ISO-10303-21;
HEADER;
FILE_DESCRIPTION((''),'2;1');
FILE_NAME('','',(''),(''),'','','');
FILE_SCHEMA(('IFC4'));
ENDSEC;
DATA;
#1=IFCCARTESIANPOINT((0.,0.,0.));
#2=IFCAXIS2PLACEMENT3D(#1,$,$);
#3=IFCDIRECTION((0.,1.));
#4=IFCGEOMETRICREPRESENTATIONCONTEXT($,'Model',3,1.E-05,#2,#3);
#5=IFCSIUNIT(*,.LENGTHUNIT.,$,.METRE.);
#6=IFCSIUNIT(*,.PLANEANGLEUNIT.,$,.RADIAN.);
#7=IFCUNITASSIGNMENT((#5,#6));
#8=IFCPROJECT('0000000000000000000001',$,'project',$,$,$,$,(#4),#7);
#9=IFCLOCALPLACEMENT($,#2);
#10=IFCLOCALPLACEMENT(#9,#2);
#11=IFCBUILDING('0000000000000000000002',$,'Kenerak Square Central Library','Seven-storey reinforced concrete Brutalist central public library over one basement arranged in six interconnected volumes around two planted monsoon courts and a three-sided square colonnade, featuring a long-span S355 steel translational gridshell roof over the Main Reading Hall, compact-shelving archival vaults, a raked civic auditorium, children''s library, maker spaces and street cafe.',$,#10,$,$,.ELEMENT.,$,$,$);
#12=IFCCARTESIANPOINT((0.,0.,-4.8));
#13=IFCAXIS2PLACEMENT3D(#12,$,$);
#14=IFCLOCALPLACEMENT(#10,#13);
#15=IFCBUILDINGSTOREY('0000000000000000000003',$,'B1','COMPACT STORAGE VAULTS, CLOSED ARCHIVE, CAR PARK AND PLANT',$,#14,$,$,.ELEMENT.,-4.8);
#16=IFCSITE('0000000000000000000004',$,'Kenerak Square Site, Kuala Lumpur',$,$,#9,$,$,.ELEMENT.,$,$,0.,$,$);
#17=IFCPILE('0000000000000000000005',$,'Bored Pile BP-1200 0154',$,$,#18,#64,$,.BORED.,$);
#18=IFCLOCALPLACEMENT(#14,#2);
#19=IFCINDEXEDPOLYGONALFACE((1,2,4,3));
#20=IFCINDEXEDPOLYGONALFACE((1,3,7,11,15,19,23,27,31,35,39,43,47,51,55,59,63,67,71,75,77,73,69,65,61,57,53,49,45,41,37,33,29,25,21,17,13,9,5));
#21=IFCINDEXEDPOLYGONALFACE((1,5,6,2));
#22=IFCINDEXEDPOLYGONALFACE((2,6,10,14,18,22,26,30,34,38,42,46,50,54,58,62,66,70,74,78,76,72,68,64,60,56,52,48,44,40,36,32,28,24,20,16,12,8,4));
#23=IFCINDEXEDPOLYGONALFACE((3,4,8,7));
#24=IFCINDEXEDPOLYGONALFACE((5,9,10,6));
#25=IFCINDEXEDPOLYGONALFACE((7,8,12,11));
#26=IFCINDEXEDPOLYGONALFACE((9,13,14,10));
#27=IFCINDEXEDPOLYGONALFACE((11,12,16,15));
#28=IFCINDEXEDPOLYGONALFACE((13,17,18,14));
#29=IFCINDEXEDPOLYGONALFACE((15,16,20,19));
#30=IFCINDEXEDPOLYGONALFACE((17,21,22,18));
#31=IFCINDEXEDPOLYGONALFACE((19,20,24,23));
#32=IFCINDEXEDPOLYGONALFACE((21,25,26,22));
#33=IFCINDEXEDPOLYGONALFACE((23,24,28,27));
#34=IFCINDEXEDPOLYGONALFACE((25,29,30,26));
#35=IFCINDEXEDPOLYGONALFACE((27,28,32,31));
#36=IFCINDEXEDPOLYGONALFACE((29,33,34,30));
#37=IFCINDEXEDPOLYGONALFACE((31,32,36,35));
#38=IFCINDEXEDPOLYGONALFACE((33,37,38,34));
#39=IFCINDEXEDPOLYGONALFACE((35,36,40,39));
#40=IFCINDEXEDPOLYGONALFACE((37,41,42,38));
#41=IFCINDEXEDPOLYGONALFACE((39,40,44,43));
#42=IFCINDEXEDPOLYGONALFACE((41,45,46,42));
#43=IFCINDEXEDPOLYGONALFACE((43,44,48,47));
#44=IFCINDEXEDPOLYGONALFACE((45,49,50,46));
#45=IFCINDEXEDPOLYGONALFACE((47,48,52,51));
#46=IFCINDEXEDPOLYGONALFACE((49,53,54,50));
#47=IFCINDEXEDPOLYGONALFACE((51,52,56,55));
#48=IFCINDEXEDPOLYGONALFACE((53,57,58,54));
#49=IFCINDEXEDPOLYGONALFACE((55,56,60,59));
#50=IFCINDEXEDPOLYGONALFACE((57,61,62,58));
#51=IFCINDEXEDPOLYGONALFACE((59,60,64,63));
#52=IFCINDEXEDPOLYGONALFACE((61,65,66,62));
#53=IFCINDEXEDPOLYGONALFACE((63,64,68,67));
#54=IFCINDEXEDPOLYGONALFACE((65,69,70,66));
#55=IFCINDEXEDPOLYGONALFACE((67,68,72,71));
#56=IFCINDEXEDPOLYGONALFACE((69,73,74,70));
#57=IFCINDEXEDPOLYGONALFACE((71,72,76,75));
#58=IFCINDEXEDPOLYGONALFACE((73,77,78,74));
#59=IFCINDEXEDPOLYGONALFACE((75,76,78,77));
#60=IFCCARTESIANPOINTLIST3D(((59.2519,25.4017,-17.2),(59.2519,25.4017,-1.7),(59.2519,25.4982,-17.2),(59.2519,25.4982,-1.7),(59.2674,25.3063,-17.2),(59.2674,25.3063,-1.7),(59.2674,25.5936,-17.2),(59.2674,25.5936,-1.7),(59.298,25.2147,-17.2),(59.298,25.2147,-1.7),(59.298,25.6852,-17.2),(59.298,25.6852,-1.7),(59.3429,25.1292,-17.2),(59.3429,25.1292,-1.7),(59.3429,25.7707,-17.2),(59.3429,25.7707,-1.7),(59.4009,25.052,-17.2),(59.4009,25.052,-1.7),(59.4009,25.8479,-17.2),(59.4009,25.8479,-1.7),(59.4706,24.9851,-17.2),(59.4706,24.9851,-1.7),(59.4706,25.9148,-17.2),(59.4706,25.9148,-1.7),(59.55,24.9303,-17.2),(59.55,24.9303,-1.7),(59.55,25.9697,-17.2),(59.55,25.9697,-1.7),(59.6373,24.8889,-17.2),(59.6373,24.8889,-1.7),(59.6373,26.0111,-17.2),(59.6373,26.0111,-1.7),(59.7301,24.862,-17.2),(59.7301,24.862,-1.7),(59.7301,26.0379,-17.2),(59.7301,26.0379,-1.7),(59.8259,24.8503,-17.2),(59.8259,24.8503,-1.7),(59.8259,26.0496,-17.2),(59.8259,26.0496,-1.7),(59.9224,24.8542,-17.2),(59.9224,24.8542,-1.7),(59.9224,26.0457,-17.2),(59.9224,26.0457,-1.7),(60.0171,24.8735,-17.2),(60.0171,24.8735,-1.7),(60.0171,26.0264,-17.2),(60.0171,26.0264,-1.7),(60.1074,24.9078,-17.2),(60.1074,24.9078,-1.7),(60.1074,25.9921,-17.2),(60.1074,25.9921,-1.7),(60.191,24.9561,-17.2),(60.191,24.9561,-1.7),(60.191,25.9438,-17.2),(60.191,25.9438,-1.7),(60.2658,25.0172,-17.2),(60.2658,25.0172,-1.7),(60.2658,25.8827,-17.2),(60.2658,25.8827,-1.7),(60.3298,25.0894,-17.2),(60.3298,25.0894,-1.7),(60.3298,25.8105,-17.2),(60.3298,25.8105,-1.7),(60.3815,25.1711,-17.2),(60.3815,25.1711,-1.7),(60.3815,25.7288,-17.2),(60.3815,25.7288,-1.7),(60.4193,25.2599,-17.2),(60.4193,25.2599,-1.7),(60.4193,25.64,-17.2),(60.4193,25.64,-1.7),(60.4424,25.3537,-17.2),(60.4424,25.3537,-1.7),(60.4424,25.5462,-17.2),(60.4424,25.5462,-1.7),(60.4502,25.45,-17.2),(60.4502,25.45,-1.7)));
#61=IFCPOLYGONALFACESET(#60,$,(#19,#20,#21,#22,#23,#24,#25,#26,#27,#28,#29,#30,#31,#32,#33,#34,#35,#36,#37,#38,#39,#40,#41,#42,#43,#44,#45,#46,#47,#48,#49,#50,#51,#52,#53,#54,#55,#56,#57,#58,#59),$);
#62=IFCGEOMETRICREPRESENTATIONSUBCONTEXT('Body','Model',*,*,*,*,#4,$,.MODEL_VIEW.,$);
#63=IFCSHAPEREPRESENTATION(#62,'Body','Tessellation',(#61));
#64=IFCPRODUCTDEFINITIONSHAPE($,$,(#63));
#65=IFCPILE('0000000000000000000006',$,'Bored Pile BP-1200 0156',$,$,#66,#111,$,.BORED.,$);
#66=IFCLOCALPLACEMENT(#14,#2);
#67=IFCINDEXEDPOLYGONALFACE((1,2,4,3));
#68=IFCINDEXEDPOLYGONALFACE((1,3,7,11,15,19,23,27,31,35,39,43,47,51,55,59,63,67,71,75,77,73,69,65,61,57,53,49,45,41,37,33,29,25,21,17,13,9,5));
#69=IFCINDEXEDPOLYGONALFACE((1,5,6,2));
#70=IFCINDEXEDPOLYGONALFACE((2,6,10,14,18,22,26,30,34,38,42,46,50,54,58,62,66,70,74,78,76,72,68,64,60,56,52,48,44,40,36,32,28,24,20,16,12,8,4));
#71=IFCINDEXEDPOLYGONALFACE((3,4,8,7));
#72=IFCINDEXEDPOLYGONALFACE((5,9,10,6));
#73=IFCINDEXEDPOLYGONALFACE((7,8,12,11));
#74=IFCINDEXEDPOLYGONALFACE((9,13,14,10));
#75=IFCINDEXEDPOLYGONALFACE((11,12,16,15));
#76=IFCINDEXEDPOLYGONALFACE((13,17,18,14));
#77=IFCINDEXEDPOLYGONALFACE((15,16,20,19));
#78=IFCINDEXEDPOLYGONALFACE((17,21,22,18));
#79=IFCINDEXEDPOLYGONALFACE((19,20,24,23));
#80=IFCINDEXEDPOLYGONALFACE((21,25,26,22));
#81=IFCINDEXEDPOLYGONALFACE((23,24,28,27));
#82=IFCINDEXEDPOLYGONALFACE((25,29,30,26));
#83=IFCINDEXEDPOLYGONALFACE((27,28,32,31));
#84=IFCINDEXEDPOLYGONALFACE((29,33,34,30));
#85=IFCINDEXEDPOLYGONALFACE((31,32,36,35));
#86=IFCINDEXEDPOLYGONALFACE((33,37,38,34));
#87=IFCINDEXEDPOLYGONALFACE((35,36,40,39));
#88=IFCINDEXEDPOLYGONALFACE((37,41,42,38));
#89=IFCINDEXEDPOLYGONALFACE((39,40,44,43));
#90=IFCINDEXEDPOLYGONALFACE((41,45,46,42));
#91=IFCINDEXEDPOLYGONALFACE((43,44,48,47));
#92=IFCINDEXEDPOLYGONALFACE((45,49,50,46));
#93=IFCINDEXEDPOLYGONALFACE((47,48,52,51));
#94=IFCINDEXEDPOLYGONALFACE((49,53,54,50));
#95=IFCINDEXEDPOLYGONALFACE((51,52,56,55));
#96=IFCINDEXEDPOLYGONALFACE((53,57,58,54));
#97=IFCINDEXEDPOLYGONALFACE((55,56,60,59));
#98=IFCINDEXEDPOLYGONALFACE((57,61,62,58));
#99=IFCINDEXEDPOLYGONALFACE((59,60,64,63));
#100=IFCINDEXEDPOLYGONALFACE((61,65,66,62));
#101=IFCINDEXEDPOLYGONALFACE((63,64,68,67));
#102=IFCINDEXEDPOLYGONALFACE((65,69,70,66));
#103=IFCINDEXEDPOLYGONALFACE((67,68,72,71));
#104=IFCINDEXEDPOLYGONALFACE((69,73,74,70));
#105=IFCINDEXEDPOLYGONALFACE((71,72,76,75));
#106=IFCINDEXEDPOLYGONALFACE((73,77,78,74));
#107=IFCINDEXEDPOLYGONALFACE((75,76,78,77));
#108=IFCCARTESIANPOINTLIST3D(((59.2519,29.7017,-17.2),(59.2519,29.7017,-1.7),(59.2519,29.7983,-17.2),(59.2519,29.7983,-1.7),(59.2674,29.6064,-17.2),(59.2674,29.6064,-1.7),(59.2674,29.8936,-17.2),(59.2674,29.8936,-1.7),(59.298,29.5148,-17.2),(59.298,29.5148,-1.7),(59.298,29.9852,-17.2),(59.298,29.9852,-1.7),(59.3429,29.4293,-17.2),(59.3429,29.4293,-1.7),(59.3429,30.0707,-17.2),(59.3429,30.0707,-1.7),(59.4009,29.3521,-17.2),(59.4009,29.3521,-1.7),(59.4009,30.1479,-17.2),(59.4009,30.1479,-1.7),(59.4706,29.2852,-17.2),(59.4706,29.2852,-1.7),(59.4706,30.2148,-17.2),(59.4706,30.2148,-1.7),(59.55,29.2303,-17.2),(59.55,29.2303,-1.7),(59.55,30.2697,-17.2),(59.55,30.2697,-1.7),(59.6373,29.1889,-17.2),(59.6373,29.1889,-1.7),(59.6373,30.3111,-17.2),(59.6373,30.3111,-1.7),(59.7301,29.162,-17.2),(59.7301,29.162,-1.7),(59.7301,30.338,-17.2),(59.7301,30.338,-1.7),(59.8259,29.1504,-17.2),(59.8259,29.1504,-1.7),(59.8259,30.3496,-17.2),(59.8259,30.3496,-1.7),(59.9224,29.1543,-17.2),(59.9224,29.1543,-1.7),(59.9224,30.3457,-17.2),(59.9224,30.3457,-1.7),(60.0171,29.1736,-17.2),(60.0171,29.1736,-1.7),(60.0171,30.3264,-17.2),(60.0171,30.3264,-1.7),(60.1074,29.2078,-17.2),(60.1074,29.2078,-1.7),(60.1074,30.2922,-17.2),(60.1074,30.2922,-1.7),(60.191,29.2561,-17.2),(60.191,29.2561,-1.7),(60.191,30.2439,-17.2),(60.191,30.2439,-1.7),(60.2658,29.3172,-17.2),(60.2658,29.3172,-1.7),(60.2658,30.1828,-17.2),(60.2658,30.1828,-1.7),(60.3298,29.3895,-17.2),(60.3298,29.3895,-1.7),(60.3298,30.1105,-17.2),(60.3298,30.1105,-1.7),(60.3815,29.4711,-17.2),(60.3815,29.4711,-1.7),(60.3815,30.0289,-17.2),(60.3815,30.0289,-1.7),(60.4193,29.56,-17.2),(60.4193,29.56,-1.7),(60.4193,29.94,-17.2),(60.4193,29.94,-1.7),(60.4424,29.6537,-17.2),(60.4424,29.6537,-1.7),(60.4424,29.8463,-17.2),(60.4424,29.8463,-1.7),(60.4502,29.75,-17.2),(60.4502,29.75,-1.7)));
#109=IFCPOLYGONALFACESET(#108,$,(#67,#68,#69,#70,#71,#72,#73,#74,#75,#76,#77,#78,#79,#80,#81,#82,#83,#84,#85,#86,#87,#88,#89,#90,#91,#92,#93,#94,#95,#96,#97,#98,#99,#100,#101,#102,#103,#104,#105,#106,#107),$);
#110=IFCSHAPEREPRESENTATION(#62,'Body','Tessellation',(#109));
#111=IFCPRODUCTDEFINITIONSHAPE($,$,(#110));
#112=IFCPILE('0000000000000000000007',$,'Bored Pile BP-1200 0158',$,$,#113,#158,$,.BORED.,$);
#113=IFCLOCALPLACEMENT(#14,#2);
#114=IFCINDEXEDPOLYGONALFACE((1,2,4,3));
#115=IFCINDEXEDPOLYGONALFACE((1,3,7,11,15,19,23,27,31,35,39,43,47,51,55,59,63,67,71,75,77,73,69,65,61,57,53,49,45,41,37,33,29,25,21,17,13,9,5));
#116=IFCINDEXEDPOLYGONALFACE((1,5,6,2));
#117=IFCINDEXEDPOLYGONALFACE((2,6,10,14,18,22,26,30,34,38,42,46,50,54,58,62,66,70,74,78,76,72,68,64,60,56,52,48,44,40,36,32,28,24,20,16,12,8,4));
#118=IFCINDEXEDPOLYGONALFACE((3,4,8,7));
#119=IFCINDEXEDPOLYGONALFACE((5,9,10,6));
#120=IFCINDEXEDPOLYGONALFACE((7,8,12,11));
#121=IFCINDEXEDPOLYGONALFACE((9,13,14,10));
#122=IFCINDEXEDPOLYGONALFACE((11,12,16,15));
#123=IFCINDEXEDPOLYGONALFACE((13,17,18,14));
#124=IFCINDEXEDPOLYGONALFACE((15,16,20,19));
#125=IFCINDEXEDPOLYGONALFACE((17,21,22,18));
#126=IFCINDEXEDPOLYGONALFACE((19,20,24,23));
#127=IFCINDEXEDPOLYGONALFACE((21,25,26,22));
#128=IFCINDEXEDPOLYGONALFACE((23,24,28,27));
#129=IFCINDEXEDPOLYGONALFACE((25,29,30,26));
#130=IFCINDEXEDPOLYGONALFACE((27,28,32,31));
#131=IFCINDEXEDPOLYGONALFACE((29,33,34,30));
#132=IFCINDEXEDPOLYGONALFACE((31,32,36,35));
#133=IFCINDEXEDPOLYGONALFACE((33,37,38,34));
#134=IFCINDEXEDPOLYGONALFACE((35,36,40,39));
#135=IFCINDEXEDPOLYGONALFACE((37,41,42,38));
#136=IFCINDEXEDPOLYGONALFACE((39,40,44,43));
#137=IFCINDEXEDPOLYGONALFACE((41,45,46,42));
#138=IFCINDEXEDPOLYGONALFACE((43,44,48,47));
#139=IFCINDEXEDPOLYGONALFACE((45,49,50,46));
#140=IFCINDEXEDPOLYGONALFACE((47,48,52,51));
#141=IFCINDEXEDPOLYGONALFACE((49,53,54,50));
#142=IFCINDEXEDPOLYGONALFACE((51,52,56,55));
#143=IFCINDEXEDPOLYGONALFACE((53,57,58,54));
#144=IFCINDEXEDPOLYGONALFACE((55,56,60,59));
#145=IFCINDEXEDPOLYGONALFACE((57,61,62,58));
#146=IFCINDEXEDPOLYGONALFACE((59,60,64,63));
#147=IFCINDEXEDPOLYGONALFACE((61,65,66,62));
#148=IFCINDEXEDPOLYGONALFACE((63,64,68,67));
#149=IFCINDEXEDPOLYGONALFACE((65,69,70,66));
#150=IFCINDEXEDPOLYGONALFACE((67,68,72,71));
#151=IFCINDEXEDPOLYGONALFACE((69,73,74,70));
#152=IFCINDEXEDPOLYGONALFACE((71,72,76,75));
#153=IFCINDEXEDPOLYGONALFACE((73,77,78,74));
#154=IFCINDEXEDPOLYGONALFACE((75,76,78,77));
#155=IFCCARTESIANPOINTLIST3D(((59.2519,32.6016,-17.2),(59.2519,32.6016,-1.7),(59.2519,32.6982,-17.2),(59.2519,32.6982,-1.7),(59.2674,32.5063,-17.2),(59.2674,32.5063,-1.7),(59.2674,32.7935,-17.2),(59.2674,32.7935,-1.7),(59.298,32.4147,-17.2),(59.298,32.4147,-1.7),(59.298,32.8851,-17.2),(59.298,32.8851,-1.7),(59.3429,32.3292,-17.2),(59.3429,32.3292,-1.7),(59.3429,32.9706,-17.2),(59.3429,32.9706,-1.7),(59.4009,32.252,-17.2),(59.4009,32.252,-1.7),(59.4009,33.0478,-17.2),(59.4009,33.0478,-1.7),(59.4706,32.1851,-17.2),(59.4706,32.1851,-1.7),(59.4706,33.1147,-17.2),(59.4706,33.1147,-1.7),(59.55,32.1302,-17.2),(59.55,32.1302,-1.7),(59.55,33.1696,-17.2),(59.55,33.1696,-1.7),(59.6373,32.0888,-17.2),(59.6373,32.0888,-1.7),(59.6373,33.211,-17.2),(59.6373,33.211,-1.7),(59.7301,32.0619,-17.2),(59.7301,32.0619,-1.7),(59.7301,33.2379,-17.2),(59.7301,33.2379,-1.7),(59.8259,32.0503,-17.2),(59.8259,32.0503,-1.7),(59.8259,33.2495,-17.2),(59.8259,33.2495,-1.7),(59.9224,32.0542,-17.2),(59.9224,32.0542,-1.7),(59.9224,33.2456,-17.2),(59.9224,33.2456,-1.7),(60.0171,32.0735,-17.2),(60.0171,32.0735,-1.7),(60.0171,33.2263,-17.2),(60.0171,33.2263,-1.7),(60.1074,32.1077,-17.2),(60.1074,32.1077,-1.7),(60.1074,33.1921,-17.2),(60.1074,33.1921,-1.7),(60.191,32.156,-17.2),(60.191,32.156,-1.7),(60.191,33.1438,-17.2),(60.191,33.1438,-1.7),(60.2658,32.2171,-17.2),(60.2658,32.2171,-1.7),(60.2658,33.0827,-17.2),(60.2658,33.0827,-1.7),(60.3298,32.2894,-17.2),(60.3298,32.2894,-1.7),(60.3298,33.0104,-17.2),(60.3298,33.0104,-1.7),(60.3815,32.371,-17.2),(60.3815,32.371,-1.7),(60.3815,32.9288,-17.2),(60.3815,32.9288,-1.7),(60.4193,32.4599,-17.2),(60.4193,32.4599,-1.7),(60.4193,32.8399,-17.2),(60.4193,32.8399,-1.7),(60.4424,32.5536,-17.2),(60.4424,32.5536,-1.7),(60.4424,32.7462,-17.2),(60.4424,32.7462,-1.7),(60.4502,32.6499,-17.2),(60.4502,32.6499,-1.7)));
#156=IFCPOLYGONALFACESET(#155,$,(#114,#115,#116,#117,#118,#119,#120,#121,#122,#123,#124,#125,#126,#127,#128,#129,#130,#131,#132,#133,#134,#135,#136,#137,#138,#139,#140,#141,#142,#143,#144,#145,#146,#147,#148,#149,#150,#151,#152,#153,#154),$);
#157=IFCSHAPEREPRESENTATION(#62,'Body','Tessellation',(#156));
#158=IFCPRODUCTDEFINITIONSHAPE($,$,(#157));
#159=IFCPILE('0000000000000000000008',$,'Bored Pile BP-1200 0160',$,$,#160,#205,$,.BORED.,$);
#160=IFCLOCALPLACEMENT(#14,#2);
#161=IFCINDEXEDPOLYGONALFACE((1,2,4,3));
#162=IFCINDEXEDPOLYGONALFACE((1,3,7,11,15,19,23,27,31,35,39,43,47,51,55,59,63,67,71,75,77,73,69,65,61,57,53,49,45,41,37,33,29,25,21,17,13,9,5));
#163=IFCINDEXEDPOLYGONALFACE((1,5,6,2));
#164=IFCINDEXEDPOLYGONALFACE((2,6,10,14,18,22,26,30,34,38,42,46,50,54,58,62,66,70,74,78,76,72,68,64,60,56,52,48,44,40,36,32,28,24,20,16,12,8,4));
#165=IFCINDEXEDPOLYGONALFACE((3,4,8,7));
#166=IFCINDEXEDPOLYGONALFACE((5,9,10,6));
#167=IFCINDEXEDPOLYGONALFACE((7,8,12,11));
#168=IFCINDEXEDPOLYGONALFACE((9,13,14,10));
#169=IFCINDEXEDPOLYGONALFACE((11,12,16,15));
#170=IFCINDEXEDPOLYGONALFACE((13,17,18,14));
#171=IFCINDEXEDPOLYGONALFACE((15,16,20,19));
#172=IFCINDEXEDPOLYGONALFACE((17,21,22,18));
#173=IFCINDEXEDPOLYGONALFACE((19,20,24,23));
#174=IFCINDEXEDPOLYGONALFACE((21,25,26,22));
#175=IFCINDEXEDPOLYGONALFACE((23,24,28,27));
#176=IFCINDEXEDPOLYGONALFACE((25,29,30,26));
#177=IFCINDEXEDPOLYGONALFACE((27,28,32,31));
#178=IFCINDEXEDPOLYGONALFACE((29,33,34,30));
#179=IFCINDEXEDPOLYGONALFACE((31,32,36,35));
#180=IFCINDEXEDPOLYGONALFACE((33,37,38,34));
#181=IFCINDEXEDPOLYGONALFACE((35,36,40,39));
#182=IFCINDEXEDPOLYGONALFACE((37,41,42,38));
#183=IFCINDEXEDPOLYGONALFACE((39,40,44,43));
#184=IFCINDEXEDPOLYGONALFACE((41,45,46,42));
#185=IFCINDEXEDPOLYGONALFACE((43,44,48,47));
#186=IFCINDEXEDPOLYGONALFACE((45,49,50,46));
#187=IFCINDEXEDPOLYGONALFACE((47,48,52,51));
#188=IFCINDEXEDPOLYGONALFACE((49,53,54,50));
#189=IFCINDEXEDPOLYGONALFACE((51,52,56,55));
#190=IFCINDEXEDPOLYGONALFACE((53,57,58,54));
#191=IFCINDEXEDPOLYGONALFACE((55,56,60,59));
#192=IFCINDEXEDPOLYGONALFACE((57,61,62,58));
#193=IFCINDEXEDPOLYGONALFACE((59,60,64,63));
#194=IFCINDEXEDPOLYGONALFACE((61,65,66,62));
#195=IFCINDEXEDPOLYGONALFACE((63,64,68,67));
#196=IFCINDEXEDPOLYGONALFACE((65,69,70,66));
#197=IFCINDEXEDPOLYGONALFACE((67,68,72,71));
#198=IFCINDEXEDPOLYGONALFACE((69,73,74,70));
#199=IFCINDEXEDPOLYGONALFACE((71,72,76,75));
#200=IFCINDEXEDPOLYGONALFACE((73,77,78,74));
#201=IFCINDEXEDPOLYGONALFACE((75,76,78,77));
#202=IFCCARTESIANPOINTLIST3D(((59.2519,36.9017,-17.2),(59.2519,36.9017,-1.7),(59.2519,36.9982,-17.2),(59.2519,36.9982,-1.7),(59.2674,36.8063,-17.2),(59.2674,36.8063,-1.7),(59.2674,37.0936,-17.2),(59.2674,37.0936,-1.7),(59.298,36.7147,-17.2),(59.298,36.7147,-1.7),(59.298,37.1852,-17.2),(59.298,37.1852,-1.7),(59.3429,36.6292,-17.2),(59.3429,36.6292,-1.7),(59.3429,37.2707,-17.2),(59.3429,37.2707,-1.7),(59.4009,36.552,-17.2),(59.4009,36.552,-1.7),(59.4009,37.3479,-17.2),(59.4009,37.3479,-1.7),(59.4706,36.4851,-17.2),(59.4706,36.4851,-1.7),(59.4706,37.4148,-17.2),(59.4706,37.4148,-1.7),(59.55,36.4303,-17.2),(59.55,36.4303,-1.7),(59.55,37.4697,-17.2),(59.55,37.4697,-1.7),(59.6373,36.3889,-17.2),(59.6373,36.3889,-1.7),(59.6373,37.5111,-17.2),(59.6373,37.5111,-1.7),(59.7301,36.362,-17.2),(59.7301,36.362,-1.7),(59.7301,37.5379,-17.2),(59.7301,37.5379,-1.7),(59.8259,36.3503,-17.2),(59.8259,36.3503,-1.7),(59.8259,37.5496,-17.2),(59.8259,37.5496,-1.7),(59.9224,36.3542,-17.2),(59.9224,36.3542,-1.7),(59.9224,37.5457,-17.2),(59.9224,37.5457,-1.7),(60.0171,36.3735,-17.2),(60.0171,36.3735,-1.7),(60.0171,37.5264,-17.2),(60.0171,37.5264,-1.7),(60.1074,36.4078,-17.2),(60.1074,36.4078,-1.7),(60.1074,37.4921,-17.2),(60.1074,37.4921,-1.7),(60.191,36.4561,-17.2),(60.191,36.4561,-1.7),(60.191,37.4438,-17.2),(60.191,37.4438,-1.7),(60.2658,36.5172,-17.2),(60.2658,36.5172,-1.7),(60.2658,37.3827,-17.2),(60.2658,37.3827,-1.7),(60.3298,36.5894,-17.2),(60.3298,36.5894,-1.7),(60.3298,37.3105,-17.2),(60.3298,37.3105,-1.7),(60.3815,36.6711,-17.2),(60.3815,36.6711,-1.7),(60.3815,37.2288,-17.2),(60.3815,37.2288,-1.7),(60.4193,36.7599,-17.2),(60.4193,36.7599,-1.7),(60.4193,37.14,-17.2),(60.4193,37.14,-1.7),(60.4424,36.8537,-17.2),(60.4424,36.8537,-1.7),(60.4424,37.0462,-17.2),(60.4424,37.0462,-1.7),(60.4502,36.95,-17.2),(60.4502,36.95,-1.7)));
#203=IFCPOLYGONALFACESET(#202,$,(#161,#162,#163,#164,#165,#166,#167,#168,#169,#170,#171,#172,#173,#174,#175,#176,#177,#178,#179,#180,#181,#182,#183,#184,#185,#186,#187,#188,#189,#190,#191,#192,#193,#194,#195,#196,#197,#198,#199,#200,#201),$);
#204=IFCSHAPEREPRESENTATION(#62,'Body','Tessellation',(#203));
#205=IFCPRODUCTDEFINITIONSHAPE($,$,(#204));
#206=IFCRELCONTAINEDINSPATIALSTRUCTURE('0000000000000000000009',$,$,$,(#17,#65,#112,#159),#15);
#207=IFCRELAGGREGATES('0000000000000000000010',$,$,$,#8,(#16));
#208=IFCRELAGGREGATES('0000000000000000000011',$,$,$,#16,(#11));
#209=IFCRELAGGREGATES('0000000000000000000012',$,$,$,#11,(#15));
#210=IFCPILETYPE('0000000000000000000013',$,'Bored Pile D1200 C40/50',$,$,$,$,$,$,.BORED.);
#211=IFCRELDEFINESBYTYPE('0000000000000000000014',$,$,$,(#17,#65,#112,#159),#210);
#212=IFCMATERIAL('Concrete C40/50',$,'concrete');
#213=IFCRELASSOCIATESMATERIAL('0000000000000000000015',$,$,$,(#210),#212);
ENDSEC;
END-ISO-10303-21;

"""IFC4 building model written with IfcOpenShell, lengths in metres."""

from ifc_helpers import new_model, si_unit, direction, frame, origin, origin_2d, place, context, subcontext, project, spatial, circle, extrude, material, material_profile, profile_set, type_object, element, save


model = new_model("IFC4")

# Units and contexts
model_context = context("Model", 3, precision=1e-05, world=origin(), true_north=direction((0.0, 1.0)))
body_context = subcontext(model_context, "Body", "Model", "MODEL_VIEW")
ifc_project = project(units=[si_unit("LENGTHUNIT", "METRE"), si_unit("PLANEANGLEUNIT", "RADIAN")], contexts=[model_context])

# Site, building, storey
site_placement = place(None, origin())
site = spatial("IfcSite", under=ifc_project, at=site_placement, Name="Kenerak Square Site, Kuala Lumpur", CompositionType="ELEMENT", RefElevation=0.0)
building_placement = place(site_placement, origin())
building = spatial("IfcBuilding", under=site, at=building_placement, Name="Kenerak Square Central Library", Description="Seven-storey reinforced concrete Brutalist central public library over one basement arranged in six interconnected volumes around two planted monsoon courts and a three-sided square colonnade, featuring a long-span S355 steel translational gridshell roof over the Main Reading Hall, compact-shelving archival vaults, a raked civic auditorium, children's library, maker spaces and street cafe.", CompositionType="ELEMENT")
storey_placement = place(building_placement, frame((0.0, 0.0, -4.8)))
storey = spatial("IfcBuildingStorey", under=building, at=storey_placement, Name="B1", Description="COMPACT STORAGE VAULTS, CLOSED ARCHIVE, CAR PARK AND PLANT", CompositionType="ELEMENT", Elevation=-4.8)

# Piles
ifc_material_1 = material(Name="Concrete C40/50", Category="concrete")
ifc_material_profile_1 = material_profile(ifc_material_1, circle(Radius=0.6001, at=origin_2d()), Name="BP D1200")
ifc_profile_set_1 = profile_set([ifc_material_profile_1], Name="Concrete C40/50")
pile_type_1 = type_object("IfcPileType", Name="Bored Pile D1200 C40/50", PredefinedType="BORED", material=ifc_profile_set_1)
for number, where, z_axis, x_axis, name in (
    (1, (59.8501, 25.45, -1.7), (0.0, 0.0, -1.0), (1.0, 0.0, 0.0), "Bored Pile BP-1200 0154"),
    (2, (59.8501, 29.75, -1.7), (0.0, 0.0, -1.0), (1.0, 0.0, 0.0), "Bored Pile BP-1200 0156"),
    (3, (59.8501, 32.6499, -1.7), (0.0, 0.0, -1.0), (1.0, 0.0, 0.0), "Bored Pile BP-1200 0158"),
    (4, (59.8501, 36.95, -1.7), (0.0, 0.0, -1.0), (1.0, 0.0, 0.0), "Bored Pile BP-1200 0160"),
):
    element("IfcPile", number, at=place(storey_placement, frame(where, z_axis=z_axis, x_axis=x_axis)), inside=storey, type_object=pile_type_1, Name=name, PredefinedType="BORED", context=body_context, shape_type="SweptSolid", body=[
        extrude(circle(Radius=0.6001, at=origin_2d()), origin(), (0.0, 0.0, 1.0), 15.5),
    ])

save(model, "model.ifc")
